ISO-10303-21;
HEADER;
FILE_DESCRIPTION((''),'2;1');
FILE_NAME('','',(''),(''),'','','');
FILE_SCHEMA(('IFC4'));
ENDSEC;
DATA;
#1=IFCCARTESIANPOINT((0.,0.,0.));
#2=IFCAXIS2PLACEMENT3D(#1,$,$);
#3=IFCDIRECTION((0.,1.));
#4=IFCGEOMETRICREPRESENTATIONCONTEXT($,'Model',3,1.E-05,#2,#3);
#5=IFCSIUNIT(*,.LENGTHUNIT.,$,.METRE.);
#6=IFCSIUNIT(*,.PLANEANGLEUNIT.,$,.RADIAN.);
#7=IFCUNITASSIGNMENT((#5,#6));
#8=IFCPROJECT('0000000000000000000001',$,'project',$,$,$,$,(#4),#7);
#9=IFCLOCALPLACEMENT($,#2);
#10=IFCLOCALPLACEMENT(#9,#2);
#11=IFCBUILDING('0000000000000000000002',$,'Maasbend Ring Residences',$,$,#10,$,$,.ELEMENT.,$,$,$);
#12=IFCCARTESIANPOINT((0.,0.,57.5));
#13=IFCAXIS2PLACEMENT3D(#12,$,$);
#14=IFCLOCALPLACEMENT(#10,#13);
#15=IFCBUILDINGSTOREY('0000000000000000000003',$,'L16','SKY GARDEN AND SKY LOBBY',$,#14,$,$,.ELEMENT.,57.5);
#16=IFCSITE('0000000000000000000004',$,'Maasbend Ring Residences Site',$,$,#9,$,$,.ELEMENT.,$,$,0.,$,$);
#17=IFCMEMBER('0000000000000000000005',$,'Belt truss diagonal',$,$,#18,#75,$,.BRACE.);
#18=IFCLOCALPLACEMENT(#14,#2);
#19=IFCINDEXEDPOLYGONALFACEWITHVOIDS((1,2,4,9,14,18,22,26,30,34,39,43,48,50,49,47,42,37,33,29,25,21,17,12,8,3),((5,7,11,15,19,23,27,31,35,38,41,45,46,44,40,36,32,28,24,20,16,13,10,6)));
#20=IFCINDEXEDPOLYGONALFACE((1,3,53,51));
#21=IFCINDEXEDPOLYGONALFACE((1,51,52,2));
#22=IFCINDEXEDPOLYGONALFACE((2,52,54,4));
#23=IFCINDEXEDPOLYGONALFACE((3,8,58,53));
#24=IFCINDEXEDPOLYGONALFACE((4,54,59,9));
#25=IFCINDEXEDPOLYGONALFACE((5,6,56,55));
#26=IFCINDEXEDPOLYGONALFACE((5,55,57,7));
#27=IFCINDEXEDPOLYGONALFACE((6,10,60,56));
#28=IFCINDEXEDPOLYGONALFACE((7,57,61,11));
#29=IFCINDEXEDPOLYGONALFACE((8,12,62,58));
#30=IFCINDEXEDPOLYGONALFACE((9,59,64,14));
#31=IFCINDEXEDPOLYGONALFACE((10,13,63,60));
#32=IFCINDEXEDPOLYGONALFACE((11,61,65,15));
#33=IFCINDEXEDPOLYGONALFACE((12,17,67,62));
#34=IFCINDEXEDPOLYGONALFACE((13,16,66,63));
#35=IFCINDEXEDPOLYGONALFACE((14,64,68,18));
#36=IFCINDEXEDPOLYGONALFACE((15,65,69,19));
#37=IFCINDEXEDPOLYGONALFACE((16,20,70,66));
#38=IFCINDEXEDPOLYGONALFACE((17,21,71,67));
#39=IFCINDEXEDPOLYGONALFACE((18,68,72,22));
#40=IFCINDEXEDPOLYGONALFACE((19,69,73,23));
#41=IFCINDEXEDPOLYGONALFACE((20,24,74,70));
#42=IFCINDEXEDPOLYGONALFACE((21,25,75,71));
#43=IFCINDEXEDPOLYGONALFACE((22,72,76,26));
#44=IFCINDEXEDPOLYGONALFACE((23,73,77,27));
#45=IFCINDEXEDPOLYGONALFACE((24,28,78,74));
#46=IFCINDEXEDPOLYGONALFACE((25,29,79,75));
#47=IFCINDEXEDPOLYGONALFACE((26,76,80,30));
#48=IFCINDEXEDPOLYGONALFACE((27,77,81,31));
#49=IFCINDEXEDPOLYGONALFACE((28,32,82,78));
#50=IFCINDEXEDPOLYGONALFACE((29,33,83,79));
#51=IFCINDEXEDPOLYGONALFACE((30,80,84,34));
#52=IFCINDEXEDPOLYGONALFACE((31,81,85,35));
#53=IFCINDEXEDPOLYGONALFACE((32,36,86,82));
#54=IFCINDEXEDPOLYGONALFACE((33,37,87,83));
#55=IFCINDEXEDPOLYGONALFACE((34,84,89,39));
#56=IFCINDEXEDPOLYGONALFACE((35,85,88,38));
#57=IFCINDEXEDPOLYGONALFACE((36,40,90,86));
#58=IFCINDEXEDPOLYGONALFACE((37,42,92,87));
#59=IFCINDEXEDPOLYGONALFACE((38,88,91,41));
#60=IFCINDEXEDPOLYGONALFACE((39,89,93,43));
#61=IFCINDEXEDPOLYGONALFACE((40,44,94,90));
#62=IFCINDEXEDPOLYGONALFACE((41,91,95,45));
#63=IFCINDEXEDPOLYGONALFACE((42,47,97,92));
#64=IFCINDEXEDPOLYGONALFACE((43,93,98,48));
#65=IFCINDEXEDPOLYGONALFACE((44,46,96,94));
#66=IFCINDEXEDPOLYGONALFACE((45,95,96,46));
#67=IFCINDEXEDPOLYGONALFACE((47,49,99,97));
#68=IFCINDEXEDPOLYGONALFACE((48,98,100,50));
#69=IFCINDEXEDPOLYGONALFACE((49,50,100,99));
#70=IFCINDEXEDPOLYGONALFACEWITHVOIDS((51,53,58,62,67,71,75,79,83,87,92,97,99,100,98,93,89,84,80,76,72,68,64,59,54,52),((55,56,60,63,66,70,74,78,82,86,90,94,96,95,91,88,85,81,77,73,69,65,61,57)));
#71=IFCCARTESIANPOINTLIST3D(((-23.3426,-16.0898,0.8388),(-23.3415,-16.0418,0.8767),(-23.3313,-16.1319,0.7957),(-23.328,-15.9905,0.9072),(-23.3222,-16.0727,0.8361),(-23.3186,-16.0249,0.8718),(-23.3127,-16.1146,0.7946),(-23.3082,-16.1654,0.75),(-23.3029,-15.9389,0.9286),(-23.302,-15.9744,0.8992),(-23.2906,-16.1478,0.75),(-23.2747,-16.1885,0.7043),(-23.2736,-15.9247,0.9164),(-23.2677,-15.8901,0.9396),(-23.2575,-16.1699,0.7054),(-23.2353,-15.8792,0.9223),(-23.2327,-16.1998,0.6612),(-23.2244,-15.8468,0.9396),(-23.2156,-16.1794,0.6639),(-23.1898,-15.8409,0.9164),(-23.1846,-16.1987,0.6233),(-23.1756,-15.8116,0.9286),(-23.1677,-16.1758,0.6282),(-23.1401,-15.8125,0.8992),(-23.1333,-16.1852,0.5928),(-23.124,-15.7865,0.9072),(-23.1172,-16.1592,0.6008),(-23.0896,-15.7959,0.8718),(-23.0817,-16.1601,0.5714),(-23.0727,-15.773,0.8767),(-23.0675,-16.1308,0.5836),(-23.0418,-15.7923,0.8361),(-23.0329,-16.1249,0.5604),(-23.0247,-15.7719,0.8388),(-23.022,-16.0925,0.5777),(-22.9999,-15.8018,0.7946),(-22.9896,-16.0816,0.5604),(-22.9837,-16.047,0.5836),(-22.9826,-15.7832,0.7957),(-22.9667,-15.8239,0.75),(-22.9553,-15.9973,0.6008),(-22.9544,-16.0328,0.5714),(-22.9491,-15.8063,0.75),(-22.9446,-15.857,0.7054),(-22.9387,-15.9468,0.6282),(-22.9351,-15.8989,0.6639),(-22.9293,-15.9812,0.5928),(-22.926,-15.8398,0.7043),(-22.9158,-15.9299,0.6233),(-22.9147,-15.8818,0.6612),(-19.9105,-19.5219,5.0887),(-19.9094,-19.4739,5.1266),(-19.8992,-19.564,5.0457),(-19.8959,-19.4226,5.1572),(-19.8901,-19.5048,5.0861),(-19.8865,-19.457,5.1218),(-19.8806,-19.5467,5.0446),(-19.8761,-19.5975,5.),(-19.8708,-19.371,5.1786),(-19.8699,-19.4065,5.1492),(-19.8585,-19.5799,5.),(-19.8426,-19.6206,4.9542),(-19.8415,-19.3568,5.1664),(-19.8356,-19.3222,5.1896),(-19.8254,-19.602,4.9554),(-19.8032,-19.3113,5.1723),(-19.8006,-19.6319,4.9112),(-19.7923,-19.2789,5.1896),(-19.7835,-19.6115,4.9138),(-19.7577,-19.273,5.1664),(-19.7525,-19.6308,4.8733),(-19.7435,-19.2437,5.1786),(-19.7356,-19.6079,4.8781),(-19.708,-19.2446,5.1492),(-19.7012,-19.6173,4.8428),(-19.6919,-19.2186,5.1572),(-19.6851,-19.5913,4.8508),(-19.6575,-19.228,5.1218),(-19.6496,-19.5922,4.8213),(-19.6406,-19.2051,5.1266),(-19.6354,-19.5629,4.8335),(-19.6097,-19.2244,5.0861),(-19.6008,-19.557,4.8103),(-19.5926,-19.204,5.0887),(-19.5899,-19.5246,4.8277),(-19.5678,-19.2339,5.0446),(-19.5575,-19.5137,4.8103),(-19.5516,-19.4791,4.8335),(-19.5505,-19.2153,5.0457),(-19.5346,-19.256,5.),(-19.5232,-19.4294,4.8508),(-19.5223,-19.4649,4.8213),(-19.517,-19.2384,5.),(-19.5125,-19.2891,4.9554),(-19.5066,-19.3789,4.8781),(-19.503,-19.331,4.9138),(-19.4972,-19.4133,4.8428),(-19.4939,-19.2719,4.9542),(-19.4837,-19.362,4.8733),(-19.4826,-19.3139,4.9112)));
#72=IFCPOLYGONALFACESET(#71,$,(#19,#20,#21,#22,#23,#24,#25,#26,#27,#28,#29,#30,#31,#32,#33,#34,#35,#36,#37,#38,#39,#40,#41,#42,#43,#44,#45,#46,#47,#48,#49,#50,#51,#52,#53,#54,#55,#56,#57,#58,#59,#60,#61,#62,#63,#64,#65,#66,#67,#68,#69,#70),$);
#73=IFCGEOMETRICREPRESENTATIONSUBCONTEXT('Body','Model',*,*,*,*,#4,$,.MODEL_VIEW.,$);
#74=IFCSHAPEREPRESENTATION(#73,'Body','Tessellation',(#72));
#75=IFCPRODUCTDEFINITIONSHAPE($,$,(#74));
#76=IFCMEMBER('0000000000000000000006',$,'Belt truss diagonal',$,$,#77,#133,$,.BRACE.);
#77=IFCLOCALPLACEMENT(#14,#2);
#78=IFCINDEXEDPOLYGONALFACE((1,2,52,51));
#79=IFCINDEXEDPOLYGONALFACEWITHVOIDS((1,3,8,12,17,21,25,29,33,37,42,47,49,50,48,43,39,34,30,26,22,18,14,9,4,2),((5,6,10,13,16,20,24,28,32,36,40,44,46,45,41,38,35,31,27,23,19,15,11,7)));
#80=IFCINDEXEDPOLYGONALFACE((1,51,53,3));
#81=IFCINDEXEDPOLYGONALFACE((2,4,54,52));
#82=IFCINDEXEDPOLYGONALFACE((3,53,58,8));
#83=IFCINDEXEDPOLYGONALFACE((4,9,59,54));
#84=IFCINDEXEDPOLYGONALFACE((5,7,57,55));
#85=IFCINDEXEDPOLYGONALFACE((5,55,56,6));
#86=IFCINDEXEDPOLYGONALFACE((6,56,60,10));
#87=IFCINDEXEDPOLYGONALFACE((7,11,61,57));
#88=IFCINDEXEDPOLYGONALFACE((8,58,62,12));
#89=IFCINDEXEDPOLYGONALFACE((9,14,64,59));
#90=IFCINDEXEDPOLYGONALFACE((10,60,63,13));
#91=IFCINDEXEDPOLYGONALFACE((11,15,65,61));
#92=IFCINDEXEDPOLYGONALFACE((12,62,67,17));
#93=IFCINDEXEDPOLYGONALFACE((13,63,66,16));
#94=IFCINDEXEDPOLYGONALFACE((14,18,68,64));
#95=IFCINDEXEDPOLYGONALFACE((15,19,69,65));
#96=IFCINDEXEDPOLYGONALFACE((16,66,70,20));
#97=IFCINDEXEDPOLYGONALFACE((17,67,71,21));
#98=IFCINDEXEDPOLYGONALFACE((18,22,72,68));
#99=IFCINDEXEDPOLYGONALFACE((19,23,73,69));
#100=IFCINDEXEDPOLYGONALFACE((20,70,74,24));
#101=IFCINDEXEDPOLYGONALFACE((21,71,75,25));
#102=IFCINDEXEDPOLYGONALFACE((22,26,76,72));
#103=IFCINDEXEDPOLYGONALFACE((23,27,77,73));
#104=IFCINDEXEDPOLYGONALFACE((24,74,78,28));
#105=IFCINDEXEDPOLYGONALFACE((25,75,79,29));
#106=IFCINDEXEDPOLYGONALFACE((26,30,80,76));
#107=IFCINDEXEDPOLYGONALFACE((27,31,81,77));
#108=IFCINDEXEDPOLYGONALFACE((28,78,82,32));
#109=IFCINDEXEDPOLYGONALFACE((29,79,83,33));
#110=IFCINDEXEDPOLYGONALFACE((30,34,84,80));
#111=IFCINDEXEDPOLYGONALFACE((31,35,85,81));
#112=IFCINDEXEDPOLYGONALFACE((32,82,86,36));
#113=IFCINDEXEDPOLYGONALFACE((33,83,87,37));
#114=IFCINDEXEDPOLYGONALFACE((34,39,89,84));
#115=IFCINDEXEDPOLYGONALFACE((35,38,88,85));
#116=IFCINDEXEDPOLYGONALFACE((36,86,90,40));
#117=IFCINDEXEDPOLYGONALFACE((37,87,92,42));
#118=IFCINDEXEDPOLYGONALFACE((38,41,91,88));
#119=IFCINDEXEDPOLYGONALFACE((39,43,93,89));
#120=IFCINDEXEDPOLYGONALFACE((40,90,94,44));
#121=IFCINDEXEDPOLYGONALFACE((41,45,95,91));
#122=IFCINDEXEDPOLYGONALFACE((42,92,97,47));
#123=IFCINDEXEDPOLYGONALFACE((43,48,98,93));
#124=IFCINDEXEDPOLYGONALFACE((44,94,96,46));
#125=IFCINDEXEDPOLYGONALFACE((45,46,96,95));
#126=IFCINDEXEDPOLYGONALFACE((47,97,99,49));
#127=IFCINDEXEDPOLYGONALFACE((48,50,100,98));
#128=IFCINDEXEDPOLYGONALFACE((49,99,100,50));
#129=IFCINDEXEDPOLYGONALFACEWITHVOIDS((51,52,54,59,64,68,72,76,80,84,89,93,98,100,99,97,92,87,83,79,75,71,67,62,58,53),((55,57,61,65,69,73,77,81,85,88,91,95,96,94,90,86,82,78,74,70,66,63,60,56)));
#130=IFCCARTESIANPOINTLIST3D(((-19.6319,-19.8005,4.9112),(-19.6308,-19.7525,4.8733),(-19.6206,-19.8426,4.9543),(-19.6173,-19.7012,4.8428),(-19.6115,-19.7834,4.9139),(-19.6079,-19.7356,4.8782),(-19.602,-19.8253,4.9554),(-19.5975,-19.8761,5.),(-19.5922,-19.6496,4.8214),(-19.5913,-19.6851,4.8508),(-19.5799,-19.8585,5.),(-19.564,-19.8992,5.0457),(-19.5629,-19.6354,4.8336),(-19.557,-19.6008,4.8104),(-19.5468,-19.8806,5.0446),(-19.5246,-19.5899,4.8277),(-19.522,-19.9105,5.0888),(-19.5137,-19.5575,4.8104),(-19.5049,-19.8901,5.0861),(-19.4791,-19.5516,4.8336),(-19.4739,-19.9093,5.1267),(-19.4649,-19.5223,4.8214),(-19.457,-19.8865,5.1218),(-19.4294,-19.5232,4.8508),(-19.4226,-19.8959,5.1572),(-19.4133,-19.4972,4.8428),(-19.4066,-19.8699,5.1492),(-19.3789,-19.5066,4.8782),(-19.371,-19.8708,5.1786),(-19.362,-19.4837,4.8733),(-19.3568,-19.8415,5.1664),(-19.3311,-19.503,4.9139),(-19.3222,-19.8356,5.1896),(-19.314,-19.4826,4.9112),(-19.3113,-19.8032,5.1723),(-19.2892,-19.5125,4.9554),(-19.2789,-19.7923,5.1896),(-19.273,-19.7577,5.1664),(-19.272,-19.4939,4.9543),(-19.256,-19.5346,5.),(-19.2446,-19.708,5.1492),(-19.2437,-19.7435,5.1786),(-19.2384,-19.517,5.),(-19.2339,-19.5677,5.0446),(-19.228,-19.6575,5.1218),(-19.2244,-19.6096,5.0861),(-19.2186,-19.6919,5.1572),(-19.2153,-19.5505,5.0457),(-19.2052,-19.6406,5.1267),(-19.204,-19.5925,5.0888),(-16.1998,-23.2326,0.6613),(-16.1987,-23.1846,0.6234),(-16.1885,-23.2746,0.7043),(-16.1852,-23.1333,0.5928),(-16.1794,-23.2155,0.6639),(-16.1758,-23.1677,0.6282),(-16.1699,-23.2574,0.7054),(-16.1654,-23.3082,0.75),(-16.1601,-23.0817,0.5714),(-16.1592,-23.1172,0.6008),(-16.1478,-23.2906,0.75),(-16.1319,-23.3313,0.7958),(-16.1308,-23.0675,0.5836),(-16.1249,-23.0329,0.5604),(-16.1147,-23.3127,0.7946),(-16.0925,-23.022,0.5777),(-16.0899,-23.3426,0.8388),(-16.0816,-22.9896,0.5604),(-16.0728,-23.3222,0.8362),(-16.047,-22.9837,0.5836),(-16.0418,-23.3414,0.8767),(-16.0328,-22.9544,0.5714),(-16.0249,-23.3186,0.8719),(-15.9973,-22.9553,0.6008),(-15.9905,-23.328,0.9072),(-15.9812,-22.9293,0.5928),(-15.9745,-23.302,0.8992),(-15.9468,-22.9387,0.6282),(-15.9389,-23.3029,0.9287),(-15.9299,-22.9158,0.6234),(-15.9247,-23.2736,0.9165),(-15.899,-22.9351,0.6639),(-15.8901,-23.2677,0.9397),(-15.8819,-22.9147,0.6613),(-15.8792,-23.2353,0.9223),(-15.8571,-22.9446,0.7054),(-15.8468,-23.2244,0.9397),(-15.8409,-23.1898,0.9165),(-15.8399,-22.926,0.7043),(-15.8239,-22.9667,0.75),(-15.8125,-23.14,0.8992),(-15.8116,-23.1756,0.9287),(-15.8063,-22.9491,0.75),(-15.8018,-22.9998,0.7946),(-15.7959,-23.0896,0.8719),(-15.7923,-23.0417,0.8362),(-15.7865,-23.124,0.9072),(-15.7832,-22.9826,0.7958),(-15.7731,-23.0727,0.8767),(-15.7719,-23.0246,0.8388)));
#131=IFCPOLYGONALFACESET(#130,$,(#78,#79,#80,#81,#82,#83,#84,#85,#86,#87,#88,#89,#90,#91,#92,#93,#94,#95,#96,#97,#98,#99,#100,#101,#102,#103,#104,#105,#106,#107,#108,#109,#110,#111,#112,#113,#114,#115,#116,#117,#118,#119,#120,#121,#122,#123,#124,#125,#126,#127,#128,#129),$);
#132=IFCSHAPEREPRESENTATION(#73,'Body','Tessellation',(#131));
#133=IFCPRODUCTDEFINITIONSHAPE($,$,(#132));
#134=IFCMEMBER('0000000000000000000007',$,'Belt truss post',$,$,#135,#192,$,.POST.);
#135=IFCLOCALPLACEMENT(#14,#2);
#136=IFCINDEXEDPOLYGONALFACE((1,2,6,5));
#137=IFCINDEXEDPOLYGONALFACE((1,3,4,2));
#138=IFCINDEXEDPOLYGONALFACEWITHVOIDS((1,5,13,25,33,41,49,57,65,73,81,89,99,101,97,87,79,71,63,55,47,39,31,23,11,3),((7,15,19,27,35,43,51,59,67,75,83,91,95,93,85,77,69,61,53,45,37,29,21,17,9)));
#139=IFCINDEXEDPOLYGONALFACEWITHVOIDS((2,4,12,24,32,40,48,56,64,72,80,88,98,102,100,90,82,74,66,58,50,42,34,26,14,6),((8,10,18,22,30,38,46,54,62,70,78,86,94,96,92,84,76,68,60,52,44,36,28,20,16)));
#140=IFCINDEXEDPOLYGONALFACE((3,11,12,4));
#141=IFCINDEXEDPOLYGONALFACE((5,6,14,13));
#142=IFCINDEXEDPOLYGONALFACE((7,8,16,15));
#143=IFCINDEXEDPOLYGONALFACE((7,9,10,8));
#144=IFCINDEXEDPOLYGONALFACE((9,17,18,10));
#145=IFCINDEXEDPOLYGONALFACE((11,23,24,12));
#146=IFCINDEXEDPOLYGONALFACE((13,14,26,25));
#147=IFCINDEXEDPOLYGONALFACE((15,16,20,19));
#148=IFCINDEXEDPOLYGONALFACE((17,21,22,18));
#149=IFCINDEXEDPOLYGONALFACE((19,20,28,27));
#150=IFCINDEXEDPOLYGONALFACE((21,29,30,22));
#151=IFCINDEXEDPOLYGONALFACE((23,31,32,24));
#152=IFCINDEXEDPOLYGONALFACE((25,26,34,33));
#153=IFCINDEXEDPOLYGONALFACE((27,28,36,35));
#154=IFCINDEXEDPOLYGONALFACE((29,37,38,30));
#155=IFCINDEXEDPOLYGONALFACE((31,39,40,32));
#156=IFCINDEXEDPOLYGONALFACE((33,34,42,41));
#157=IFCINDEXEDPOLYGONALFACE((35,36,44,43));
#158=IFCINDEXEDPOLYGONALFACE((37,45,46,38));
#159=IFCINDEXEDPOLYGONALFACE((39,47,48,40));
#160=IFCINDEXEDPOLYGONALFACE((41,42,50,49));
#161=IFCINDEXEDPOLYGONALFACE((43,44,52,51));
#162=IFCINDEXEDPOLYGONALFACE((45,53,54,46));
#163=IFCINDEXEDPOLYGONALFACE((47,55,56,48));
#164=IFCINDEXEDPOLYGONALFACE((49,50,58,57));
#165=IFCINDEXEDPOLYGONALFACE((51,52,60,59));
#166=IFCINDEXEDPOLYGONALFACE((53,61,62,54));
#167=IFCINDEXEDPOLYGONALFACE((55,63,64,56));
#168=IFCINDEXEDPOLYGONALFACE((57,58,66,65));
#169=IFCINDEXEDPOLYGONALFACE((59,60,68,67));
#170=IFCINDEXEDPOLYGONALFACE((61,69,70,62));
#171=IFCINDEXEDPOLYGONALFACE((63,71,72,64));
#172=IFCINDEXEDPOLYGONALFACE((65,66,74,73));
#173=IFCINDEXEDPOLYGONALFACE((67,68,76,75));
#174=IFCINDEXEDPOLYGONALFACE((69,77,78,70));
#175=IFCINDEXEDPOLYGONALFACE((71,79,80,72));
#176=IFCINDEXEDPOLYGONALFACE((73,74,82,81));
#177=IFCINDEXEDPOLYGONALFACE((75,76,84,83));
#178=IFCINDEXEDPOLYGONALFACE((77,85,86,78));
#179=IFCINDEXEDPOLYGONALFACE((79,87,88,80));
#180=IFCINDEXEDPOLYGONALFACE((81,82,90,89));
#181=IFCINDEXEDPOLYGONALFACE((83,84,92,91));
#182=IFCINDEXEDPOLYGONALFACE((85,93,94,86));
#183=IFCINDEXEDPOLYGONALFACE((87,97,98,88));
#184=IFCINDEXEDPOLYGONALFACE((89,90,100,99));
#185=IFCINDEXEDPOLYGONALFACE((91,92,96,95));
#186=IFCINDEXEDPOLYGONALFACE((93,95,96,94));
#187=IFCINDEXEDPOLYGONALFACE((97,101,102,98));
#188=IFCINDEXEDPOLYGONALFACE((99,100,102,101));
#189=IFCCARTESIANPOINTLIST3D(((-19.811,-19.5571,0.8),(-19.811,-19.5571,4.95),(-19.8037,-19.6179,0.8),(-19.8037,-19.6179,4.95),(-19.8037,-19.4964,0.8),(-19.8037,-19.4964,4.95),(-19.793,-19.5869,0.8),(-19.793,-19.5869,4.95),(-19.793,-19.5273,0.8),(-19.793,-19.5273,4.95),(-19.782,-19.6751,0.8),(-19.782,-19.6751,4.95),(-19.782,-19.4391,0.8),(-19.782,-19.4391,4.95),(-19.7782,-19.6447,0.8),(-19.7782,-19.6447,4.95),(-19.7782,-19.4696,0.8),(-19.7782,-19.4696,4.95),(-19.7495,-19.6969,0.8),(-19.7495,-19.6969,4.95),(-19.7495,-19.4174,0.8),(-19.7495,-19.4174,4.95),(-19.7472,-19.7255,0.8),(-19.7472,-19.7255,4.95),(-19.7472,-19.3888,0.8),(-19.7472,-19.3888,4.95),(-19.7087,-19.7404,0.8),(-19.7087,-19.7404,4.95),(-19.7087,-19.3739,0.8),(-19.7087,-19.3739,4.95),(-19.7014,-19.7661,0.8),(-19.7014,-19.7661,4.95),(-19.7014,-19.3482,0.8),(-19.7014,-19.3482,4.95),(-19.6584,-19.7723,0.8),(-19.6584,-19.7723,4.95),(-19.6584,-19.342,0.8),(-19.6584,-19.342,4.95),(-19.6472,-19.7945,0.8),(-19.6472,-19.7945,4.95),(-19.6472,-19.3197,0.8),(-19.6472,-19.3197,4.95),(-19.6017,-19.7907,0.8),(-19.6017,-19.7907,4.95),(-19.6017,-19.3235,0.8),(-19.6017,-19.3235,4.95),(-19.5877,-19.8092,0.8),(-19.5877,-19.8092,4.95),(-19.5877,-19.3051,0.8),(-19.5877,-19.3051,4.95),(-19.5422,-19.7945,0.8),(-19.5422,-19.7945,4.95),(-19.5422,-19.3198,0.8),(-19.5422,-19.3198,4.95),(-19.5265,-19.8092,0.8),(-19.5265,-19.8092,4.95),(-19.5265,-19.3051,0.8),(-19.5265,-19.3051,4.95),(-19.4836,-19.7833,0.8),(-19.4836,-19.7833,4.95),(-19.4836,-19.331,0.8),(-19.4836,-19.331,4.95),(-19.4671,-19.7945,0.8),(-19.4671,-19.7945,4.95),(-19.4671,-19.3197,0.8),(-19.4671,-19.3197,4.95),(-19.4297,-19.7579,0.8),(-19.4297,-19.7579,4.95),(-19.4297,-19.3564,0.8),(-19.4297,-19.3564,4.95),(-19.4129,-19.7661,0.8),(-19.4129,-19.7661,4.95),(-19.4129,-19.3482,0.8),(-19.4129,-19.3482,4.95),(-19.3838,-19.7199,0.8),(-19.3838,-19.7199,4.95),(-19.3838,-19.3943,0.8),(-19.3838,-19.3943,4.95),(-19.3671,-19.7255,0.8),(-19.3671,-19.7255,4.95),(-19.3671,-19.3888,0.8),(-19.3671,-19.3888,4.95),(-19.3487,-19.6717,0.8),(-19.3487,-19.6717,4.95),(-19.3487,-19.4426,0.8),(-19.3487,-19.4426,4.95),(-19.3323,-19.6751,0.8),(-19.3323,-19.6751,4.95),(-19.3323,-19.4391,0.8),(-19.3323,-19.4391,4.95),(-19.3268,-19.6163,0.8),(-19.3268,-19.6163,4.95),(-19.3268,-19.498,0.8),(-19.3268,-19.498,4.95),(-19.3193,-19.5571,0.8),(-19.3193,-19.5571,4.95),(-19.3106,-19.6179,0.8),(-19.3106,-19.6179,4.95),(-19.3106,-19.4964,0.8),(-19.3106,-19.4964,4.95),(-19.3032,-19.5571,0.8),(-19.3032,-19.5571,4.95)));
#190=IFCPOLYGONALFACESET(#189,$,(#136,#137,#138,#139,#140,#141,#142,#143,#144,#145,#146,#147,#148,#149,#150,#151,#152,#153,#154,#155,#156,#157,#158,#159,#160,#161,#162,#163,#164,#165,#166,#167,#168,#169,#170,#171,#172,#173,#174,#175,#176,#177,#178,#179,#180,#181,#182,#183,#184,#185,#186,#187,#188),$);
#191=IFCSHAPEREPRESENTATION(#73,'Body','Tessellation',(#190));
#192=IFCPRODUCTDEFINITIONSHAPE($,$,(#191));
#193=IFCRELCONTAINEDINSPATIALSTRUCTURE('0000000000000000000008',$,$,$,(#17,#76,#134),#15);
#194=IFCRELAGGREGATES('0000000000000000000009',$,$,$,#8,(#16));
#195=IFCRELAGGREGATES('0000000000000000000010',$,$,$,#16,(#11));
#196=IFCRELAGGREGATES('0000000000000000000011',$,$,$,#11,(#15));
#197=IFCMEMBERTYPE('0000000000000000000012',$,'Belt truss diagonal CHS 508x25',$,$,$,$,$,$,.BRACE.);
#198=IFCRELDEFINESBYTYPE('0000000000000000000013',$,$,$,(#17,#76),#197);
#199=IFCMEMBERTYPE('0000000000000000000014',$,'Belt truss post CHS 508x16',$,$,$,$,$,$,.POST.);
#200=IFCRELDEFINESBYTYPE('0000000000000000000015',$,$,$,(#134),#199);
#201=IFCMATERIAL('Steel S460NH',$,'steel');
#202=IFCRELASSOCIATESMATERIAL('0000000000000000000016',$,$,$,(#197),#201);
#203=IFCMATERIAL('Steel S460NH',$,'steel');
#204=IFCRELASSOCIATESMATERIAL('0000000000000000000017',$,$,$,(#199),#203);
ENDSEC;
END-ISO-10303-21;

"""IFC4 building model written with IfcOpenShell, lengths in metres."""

from ifc_helpers import new_model, si_unit, direction, frame, origin, origin_2d, place, context, subcontext, project, spatial, hollow_circle, extrude, material, material_profile, profile_set, type_object, element, save


model = new_model("IFC4")

# Units and contexts
model_context = context("Model", 3, precision=1e-05, world=origin(), true_north=direction((0.0, 1.0)))
body_context = subcontext(model_context, "Body", "Model", "MODEL_VIEW")
ifc_project = project(units=[si_unit("LENGTHUNIT", "METRE"), si_unit("PLANEANGLEUNIT", "RADIAN")], contexts=[model_context])

# Site, building, storey
site_placement = place(None, origin())
site = spatial("IfcSite", under=ifc_project, at=site_placement, Name="Maasbend Ring Residences Site", CompositionType="ELEMENT", RefElevation=0.0)
building_placement = place(site_placement, origin())
building = spatial("IfcBuilding", under=site, at=building_placement, Name="Maasbend Ring Residences", CompositionType="ELEMENT")
storey_placement = place(building_placement, frame((0.0, 0.0, 57.5)))
storey = spatial("IfcBuildingStorey", under=building, at=storey_placement, Name="L16", Description="SKY GARDEN AND SKY LOBBY", CompositionType="ELEMENT", Elevation=57.5)

# Members
ifc_material_1 = material(Name="Steel S460NH", Category="steel")
ifc_material_profile_1 = material_profile(ifc_material_1, hollow_circle(Radius=0.2539, WallThickness=0.0249, at=origin_2d()), Name="Belt truss diagonal CHS 508x25")
ifc_profile_set_1 = profile_set([ifc_material_profile_1], Name="Steel S460NH")
member_type_1 = type_object("IfcMemberType", Name="Belt truss diagonal CHS 508x25", PredefinedType="BRACE", material=ifc_profile_set_1)
for number, where, z_axis, x_axis, name in (
    (1, (-23.1287, -15.9858, 0.75), (0.531991, -0.531991, 0.658764), (0.707107, 0.707107, 0.0), "Belt truss diagonal"),
    (2, (-19.418, -19.6965, 5.0), (0.531991, -0.531991, -0.658764), (0.707107, 0.707107, 0.0), "Belt truss diagonal"),
):
    element("IfcMember", number, at=place(storey_placement, frame(where, z_axis=z_axis, x_axis=x_axis)), inside=storey, type_object=member_type_1, Name=name, PredefinedType="BRACE", context=body_context, shape_type="SweptSolid", body=[
        extrude(hollow_circle(Radius=0.2539, WallThickness=0.0249, at=origin_2d()), origin(), (0.0, 0.0, 1.0), 6.4514),
    ])
ifc_material_2 = material(Name="Steel S460NH", Category="steel")
ifc_material_profile_2 = material_profile(ifc_material_2, hollow_circle(Radius=0.2539, WallThickness=0.0161, at=origin_2d()), Name="Belt truss post CHS 508x16")
ifc_profile_set_2 = profile_set([ifc_material_profile_2], Name="Steel S460NH")
member_type_2 = type_object("IfcMemberType", Name="Belt truss post CHS 508x16", PredefinedType="POST", material=ifc_profile_set_2)
member_1_placement = place(storey_placement, frame((-19.5571, -19.5571, 0.8), z_axis=(0.0, 0.0, 1.0), x_axis=(1.0, 0.0, 0.0)))
element("IfcMember", 3, at=member_1_placement, inside=storey, type_object=member_type_2, Name="Belt truss post", PredefinedType="POST", context=body_context, shape_type="SweptSolid", body=[
    extrude(hollow_circle(Radius=0.2539, WallThickness=0.0161, at=origin_2d()), origin(), (0.0, 0.0, 1.0), 4.1499),
])

save(model, "model.ifc")
